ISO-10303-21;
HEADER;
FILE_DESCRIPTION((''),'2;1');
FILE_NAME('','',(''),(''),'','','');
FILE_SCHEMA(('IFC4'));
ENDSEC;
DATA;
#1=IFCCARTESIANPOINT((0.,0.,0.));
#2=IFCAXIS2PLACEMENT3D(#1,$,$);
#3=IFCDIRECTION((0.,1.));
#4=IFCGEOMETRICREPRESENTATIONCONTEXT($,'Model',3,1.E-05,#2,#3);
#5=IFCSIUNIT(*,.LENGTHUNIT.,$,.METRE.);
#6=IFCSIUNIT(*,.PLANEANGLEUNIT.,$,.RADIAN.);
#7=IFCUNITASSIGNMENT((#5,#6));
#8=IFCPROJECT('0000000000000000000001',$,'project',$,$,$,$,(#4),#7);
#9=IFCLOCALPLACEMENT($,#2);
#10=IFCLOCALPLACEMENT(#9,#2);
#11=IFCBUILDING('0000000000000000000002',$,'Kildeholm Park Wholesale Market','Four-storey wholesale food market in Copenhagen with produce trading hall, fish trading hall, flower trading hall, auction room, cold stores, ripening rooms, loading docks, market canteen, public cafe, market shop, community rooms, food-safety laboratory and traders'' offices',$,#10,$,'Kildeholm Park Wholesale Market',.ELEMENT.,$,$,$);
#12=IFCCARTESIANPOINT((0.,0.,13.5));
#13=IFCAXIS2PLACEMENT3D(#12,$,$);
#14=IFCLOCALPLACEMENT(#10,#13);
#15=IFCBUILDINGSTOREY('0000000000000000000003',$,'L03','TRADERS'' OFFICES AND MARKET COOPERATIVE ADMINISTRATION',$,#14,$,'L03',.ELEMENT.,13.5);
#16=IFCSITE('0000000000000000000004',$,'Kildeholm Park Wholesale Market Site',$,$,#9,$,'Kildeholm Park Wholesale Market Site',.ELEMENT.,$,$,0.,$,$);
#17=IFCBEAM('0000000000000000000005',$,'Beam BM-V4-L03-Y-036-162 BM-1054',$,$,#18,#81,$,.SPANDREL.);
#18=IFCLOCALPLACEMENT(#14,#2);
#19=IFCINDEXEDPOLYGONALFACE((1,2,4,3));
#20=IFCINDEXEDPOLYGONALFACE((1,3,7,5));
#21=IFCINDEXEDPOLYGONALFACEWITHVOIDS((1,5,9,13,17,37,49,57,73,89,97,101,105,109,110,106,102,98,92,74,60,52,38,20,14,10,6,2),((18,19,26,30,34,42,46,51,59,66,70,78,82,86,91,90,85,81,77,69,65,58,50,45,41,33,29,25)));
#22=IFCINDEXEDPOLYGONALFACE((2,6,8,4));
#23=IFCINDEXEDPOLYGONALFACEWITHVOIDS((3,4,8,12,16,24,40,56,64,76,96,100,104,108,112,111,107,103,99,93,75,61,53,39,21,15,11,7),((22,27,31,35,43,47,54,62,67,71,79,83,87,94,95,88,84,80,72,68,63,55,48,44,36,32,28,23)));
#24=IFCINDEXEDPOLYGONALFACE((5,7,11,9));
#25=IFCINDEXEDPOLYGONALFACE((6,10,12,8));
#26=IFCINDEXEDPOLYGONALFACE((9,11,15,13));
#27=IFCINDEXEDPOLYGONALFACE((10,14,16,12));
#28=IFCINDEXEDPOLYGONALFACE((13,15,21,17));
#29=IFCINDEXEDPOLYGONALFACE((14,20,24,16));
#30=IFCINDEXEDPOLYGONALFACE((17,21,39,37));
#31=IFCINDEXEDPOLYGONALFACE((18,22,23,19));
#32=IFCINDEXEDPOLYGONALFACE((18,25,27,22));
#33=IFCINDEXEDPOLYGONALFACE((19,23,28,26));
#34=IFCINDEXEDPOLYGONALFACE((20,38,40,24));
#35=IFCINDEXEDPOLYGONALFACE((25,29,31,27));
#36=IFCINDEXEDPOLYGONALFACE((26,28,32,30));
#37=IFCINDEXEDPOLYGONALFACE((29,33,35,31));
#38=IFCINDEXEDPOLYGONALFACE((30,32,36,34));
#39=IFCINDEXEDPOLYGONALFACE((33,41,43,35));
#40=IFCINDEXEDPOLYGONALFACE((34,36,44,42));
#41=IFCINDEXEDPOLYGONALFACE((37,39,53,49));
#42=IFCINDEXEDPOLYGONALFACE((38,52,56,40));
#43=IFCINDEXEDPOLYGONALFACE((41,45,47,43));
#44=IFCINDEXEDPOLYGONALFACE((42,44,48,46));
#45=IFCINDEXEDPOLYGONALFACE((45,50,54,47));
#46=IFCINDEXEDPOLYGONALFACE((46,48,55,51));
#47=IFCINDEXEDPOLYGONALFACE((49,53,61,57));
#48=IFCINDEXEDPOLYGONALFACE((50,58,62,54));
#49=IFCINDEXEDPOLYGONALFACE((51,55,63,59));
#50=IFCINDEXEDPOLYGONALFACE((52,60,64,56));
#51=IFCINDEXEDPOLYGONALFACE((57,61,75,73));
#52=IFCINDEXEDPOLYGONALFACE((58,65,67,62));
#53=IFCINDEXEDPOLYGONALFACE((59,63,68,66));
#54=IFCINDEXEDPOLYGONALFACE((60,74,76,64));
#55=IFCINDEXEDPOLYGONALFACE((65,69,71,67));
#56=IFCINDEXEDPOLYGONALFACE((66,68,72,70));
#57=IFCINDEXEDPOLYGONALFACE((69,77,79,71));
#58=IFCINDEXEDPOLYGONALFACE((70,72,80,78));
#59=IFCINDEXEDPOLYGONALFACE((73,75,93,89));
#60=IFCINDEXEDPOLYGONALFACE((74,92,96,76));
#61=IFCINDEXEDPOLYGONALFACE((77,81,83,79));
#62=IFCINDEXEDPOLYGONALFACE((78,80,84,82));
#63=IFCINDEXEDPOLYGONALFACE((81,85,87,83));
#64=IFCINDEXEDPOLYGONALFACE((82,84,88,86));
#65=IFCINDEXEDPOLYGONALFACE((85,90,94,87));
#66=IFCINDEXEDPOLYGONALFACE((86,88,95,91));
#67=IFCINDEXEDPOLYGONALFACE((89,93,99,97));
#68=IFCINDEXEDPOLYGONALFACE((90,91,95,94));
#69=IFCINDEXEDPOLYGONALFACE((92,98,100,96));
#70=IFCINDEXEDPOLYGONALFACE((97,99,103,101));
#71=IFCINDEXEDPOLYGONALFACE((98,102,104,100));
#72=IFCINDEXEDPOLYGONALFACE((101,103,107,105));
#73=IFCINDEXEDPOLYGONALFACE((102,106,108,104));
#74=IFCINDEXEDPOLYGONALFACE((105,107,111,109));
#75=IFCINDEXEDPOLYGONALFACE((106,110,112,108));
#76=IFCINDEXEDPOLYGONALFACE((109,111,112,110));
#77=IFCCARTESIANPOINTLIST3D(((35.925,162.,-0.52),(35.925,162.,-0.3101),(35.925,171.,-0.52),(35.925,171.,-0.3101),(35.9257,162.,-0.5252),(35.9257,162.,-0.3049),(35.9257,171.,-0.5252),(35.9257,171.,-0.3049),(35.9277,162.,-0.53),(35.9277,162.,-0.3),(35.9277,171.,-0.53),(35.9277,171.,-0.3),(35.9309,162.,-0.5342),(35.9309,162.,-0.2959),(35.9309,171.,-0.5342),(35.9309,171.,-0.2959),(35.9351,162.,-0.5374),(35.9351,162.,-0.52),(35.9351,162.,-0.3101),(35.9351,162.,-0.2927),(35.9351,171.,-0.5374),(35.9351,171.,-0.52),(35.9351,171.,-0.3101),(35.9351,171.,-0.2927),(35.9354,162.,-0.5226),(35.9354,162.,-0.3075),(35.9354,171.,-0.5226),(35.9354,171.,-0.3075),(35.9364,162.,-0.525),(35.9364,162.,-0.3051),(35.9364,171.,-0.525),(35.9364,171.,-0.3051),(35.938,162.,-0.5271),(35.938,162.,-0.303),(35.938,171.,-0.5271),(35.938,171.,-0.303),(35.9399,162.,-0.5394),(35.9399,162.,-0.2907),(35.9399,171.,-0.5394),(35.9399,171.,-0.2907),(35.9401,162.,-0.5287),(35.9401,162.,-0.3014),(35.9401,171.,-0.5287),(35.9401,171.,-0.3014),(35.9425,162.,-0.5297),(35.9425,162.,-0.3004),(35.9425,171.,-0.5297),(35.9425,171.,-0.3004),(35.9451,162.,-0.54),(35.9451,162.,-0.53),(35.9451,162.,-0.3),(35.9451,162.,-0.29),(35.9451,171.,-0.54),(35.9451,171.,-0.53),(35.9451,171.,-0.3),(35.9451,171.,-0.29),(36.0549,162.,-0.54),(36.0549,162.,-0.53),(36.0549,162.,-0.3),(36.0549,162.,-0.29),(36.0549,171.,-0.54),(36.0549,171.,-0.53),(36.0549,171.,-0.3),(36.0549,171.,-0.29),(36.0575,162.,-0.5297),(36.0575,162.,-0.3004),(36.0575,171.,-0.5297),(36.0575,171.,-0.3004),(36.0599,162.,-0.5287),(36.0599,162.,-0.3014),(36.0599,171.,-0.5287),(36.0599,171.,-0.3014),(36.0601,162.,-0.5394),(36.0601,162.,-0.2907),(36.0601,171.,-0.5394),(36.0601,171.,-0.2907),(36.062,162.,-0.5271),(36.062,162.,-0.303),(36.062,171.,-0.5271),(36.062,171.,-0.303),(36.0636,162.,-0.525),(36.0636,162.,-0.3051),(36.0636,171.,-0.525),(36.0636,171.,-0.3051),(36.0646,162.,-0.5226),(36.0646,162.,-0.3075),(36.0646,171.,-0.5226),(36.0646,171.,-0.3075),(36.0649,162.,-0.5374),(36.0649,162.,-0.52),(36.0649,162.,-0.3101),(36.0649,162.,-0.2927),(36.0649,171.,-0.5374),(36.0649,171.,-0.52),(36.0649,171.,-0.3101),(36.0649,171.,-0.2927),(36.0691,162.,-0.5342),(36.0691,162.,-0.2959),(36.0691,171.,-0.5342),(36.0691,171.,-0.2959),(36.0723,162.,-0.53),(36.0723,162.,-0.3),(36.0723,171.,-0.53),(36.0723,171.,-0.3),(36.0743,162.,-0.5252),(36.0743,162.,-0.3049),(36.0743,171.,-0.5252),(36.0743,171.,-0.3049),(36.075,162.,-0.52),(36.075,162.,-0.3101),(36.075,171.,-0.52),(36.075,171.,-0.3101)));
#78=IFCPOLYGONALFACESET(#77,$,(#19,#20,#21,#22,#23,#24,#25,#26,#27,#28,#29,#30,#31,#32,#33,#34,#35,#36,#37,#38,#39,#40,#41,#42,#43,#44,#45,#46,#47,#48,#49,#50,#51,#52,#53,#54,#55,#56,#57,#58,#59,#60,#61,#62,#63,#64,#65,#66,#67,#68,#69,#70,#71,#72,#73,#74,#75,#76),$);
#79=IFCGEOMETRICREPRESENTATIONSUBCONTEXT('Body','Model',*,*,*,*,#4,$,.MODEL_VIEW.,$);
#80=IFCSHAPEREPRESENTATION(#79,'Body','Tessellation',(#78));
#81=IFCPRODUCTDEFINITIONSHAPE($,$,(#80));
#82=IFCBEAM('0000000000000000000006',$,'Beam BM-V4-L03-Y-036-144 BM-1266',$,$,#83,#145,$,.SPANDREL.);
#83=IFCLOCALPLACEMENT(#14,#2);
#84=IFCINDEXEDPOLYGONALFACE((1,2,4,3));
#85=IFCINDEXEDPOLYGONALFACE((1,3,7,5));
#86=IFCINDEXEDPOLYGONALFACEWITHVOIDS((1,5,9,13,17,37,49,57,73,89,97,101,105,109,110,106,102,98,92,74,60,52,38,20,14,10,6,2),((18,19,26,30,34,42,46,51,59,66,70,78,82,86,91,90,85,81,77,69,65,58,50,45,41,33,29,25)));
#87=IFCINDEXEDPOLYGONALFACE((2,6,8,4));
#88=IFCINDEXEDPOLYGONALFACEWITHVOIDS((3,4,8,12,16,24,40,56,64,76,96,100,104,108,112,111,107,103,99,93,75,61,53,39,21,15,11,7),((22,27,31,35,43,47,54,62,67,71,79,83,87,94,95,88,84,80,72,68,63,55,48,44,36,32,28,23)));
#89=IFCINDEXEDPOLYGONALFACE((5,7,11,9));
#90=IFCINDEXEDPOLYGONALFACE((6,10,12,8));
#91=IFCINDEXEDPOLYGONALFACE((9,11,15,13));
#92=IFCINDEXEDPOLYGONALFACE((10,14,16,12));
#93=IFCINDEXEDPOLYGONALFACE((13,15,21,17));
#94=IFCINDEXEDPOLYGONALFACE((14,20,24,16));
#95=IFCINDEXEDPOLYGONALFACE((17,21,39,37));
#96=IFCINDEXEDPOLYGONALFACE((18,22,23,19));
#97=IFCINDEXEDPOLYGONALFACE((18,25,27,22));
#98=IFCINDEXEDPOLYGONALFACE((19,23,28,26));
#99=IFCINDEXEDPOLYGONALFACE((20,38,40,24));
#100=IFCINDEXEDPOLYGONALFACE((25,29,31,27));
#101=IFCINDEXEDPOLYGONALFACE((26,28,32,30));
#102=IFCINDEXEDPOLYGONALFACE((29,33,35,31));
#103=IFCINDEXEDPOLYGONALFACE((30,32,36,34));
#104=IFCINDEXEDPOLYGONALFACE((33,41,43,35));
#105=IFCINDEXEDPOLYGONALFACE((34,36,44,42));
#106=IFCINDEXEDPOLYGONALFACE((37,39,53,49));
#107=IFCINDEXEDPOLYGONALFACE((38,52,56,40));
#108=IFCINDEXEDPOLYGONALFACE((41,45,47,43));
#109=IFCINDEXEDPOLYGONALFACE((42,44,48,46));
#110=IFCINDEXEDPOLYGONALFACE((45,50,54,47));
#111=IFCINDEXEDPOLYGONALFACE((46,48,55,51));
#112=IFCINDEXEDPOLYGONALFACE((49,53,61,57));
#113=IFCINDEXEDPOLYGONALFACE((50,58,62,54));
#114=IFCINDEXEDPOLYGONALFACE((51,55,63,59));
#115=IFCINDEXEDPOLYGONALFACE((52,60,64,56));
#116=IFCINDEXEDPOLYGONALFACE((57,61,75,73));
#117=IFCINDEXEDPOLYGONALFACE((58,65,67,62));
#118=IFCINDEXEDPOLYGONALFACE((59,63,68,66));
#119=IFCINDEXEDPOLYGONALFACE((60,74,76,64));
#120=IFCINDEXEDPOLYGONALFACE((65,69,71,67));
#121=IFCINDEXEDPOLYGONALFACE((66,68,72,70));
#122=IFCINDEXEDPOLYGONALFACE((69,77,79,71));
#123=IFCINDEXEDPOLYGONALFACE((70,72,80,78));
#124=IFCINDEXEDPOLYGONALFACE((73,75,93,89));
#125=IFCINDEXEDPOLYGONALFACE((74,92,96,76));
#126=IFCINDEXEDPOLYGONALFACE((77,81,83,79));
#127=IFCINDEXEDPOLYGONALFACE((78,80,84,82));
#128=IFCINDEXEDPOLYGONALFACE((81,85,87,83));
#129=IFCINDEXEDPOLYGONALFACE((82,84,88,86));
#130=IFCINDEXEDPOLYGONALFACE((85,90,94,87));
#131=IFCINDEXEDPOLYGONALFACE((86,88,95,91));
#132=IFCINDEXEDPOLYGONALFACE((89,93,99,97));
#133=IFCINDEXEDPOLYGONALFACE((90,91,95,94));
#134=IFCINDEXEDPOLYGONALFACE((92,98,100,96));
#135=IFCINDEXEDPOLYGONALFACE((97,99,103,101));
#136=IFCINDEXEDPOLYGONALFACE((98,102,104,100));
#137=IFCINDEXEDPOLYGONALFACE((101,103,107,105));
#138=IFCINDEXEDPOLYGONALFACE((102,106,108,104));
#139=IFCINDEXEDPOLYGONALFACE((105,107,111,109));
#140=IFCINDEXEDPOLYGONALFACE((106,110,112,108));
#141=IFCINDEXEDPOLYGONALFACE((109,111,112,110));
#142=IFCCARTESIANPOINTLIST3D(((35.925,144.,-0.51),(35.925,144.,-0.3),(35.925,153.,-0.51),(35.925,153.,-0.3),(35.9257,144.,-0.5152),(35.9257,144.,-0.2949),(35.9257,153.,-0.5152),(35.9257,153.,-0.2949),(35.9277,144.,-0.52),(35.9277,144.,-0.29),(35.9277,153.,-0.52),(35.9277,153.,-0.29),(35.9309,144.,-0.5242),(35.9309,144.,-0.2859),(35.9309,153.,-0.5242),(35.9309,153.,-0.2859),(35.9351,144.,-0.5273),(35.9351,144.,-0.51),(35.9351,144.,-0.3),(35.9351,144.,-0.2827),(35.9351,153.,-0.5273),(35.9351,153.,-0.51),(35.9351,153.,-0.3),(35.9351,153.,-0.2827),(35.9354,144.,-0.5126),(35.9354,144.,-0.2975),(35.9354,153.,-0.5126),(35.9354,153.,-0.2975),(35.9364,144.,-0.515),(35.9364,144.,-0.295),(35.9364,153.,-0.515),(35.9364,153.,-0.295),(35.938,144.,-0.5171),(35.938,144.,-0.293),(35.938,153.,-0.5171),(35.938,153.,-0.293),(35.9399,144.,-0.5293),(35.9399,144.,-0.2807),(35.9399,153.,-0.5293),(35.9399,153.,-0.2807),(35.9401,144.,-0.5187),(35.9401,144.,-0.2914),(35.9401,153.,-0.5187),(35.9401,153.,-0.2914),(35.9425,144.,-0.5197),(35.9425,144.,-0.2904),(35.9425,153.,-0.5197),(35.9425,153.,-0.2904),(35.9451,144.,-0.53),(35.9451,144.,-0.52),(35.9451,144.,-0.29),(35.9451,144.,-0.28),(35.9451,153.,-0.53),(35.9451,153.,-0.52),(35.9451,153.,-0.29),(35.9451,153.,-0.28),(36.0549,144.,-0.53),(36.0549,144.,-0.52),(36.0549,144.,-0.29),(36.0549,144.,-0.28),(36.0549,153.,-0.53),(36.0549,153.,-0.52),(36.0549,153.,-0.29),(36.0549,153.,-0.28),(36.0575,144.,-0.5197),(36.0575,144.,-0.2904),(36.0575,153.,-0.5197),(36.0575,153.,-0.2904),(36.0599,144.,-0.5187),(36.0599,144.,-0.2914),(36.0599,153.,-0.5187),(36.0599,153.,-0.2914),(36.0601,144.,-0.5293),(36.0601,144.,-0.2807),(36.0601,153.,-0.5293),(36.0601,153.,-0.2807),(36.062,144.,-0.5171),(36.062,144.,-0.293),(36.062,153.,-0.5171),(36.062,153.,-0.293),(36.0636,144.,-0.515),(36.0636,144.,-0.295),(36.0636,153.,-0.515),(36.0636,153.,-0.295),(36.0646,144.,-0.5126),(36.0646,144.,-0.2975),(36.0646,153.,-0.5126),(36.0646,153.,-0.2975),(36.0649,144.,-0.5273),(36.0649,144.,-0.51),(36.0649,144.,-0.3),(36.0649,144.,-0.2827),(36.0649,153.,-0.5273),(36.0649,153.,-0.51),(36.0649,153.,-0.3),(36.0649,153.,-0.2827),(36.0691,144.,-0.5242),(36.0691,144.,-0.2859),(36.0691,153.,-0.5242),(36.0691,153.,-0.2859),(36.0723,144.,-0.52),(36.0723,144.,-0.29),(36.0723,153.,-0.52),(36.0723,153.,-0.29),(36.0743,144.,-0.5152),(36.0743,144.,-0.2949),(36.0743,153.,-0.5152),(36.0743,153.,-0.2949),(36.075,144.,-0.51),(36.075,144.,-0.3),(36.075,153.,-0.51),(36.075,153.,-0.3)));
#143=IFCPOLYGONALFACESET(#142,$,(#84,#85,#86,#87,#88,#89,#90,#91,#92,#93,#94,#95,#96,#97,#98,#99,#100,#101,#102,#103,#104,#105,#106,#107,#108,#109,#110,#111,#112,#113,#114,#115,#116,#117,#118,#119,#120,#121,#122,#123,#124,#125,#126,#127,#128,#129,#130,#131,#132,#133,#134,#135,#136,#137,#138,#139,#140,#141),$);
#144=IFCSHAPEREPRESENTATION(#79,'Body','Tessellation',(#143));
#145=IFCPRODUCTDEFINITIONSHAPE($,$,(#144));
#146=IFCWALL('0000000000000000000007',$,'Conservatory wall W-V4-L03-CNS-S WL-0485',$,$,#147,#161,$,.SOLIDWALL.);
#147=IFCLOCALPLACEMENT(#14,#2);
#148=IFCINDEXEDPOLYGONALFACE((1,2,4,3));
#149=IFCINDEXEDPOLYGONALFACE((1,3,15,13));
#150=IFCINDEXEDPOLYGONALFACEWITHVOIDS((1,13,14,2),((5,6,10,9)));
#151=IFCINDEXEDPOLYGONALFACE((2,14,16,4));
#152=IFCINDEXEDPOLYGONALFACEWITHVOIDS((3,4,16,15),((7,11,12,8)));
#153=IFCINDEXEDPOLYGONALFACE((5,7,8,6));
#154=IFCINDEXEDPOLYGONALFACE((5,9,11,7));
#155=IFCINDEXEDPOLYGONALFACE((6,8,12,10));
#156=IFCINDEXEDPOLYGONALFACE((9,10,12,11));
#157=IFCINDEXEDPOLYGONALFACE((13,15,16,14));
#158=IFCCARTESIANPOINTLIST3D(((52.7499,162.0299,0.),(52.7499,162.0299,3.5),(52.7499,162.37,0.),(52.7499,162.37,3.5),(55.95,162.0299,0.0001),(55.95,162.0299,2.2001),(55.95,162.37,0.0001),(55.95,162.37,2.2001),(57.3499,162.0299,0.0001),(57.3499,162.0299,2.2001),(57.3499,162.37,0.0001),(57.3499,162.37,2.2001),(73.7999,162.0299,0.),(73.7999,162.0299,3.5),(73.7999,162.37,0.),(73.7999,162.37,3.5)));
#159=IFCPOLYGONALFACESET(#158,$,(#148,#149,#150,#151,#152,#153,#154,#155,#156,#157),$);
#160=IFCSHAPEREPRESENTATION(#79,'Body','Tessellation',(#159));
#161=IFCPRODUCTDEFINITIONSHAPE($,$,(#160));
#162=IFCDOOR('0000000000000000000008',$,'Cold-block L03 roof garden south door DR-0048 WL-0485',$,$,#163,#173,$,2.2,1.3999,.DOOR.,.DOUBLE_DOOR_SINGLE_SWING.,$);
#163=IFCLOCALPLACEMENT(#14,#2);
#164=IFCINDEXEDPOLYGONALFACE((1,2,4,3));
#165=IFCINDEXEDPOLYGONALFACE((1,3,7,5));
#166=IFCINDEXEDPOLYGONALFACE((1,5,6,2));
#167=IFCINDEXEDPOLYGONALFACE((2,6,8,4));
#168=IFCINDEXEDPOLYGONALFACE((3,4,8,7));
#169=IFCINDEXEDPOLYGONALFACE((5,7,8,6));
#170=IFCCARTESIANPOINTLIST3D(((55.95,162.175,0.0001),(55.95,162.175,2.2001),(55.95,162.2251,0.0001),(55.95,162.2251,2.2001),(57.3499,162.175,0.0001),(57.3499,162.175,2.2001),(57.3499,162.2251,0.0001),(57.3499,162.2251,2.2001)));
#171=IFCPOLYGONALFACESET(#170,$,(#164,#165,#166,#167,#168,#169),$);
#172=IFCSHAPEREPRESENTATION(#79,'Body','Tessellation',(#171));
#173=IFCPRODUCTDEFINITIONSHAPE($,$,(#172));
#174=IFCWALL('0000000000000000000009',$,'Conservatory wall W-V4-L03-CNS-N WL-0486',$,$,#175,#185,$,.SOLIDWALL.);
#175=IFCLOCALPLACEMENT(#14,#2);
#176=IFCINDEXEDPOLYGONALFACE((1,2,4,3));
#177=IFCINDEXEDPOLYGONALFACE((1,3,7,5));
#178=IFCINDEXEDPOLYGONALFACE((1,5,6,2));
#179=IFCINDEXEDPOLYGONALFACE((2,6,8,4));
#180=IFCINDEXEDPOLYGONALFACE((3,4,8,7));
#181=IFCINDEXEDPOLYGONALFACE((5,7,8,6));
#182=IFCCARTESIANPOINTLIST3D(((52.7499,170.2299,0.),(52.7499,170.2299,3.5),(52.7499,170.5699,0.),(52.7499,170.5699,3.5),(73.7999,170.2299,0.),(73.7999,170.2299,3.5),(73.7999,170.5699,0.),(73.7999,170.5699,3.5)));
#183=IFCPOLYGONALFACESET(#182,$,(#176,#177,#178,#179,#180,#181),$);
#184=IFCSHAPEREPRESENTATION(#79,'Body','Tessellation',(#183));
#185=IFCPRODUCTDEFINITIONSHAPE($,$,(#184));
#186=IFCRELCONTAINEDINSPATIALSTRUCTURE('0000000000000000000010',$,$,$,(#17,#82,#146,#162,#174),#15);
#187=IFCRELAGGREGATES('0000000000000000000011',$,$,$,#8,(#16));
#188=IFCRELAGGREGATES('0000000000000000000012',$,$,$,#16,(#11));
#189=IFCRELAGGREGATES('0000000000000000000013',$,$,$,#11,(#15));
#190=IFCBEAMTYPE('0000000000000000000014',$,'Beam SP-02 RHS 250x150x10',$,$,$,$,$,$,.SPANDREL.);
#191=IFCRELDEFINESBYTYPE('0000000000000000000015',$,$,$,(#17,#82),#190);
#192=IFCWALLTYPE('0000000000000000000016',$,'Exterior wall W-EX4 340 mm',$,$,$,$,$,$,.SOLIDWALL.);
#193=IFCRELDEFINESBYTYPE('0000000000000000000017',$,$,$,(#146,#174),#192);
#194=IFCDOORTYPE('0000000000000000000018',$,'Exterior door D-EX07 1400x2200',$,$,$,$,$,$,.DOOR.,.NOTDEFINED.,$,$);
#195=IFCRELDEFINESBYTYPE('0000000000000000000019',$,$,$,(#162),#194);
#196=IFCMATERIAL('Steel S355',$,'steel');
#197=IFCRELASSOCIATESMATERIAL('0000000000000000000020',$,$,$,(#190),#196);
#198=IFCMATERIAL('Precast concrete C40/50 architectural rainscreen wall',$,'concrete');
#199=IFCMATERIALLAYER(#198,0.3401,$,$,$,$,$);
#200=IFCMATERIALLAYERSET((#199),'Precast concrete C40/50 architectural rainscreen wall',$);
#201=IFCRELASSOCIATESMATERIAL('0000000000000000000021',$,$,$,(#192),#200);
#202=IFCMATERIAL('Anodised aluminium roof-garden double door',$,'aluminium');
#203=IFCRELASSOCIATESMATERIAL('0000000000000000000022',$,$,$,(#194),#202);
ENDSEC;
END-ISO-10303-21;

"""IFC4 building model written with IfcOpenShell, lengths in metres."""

from ifc_helpers import new_model, si_unit, direction, frame, frame_2d, origin, origin_2d, place, context, subcontext, project, spatial, rectangle, hollow_rectangle, extrude, material, layer, layer_set, material_profile, profile_set, type_object, element, fill, save


model = new_model("IFC4")

# Units and contexts
model_context = context("Model", 3, precision=1e-05, world=origin(), true_north=direction((0.0, 1.0)))
body_context = subcontext(model_context, "Body", "Model", "MODEL_VIEW")
ifc_project = project(units=[si_unit("LENGTHUNIT", "METRE"), si_unit("PLANEANGLEUNIT", "RADIAN")], contexts=[model_context])

# Site, building, storey
site_placement = place(None, origin())
site = spatial("IfcSite", under=ifc_project, at=site_placement, Name="Kildeholm Park Wholesale Market Site", LongName="Kildeholm Park Wholesale Market Site", CompositionType="ELEMENT", RefElevation=0.0)
building_placement = place(site_placement, origin())
building = spatial("IfcBuilding", under=site, at=building_placement, Name="Kildeholm Park Wholesale Market", Description="Four-storey wholesale food market in Copenhagen with produce trading hall, fish trading hall, flower trading hall, auction room, cold stores, ripening rooms, loading docks, market canteen, public cafe, market shop, community rooms, food-safety laboratory and traders' offices", LongName="Kildeholm Park Wholesale Market", CompositionType="ELEMENT")
storey_placement = place(building_placement, frame((0.0, 0.0, 13.5)))
storey = spatial("IfcBuildingStorey", under=building, at=storey_placement, Name="L03", Description="TRADERS' OFFICES AND MARKET COOPERATIVE ADMINISTRATION", LongName="L03", CompositionType="ELEMENT", Elevation=13.5)

# Beams
ifc_material_1 = material(Name="Steel S355", Category="steel")
ifc_material_profile_1 = material_profile(ifc_material_1, hollow_rectangle(XDim=0.1499, YDim=0.25, WallThickness=0.01, InnerFilletRadius=0.01, OuterFilletRadius=0.02, at=origin_2d()), Name="RHS 250x150x10")
ifc_profile_set_1 = profile_set([ifc_material_profile_1], Name="Steel S355")
beam_type_1 = type_object("IfcBeamType", Name="Beam SP-02 RHS 250x150x10", PredefinedType="SPANDREL", material=ifc_profile_set_1)
for number, where, z_axis, x_axis, name in (
    (1, (36.0, 162.0, -0.415), (0.0, 1.0, 0.0), (-1.0, 0.0, 0.0), "Beam BM-V4-L03-Y-036-162 BM-1054"),
    (2, (36.0, 144.0, -0.405), (0.0, 1.0, 0.0), (-1.0, 0.0, 0.0), "Beam BM-V4-L03-Y-036-144 BM-1266"),
):
    element("IfcBeam", number, at=place(storey_placement, frame(where, z_axis=z_axis, x_axis=x_axis)), inside=storey, type_object=beam_type_1, Name=name, PredefinedType="SPANDREL", context=body_context, shape_type="SweptSolid", body=[
        extrude(hollow_rectangle(XDim=0.1499, YDim=0.25, WallThickness=0.01, InnerFilletRadius=0.01, OuterFilletRadius=0.02, at=origin_2d()), origin(), (0.0, 0.0, 1.0), 9.0),
    ])

# Wall, opening, door
ifc_material_2 = material(Name="Precast concrete C40/50 architectural rainscreen wall", Category="concrete")
ifc_layer_1 = layer(ifc_material_2, 0.3401)
ifc_layer_set_1 = layer_set([ifc_layer_1], Name="Precast concrete C40/50 architectural rainscreen wall")
wall_type_1 = type_object("IfcWallType", Name="Exterior wall W-EX4 340 mm", PredefinedType="SOLIDWALL", material=ifc_layer_set_1)
wall_1_placement = place(storey_placement, frame((52.75, 162.2, 0.0), z_axis=(0.0, 0.0, 1.0), x_axis=(1.0, 0.0, 0.0)))
wall_1 = element("IfcWall", 3, at=wall_1_placement, inside=storey, type_object=wall_type_1, Name="Conservatory wall W-V4-L03-CNS-S WL-0485", PredefinedType="SOLIDWALL", context=body_context, shape_type="SweptSolid", body=[
    extrude(rectangle(XDim=21.05, YDim=0.3401, at=frame_2d((10.5249, 0.0))), origin(), (0.0, 0.0, 1.0), 3.5),
])
opening_1_placement = place(wall_1_placement, frame((3.2, 0.0, 0.0)))
opening_1 = element("IfcOpeningElement", 4, at=opening_1_placement, cuts=wall_1, PredefinedType="OPENING", context=body_context, shape_type="SweptSolid", body=[
    extrude(rectangle(XDim=1.3999, YDim=2.2, at=frame_2d((0.7, 1.1001))), frame((0.0, 0.1799, 0.0), z_axis=(0.0, -1.0, 0.0), x_axis=(1.0, 0.0, 0.0)), (0.0, 0.0, 1.0), 0.3601),
])
ifc_material_3 = material(Name="Anodised aluminium roof-garden double door", Category="aluminium")
door_type_1 = type_object("IfcDoorType", Name="Exterior door D-EX07 1400x2200", OperationType="NOTDEFINED", PredefinedType="DOOR", material=ifc_material_3)
door_1_placement = place(opening_1_placement, frame((1.3999, 0.0, 0.0), z_axis=(0.0, 0.0, 1.0), x_axis=(-1.0, 0.0, 0.0)))
door_1 = element("IfcDoor", 5, at=door_1_placement, inside=storey, type_object=door_type_1, Name="Cold-block L03 roof garden south door DR-0048 WL-0485", OperationType="DOUBLE_DOOR_SINGLE_SWING", OverallHeight=2.2, OverallWidth=1.3999, PredefinedType="DOOR", context=body_context, shape_type="SweptSolid", body=[
    extrude(rectangle(XDim=1.3999, YDim=2.2, at=frame_2d((0.7, 1.1001))), frame((0.0, 0.0249, 0.0), z_axis=(0.0, -1.0, 0.0), x_axis=(1.0, 0.0, 0.0)), (0.0, 0.0, 1.0), 0.05),
])
fill(opening_1, door_1)

# Wall
wall_2_placement = place(storey_placement, frame((52.75, 170.3999, 0.0), z_axis=(0.0, 0.0, 1.0), x_axis=(1.0, 0.0, 0.0)))
element("IfcWall", 6, at=wall_2_placement, inside=storey, type_object=wall_type_1, Name="Conservatory wall W-V4-L03-CNS-N WL-0486", PredefinedType="SOLIDWALL", context=body_context, shape_type="SweptSolid", body=[
    extrude(rectangle(XDim=21.05, YDim=0.3401, at=frame_2d((10.5249, 0.0))), origin(), (0.0, 0.0, 1.0), 3.5),
])

save(model, "model.ifc")
